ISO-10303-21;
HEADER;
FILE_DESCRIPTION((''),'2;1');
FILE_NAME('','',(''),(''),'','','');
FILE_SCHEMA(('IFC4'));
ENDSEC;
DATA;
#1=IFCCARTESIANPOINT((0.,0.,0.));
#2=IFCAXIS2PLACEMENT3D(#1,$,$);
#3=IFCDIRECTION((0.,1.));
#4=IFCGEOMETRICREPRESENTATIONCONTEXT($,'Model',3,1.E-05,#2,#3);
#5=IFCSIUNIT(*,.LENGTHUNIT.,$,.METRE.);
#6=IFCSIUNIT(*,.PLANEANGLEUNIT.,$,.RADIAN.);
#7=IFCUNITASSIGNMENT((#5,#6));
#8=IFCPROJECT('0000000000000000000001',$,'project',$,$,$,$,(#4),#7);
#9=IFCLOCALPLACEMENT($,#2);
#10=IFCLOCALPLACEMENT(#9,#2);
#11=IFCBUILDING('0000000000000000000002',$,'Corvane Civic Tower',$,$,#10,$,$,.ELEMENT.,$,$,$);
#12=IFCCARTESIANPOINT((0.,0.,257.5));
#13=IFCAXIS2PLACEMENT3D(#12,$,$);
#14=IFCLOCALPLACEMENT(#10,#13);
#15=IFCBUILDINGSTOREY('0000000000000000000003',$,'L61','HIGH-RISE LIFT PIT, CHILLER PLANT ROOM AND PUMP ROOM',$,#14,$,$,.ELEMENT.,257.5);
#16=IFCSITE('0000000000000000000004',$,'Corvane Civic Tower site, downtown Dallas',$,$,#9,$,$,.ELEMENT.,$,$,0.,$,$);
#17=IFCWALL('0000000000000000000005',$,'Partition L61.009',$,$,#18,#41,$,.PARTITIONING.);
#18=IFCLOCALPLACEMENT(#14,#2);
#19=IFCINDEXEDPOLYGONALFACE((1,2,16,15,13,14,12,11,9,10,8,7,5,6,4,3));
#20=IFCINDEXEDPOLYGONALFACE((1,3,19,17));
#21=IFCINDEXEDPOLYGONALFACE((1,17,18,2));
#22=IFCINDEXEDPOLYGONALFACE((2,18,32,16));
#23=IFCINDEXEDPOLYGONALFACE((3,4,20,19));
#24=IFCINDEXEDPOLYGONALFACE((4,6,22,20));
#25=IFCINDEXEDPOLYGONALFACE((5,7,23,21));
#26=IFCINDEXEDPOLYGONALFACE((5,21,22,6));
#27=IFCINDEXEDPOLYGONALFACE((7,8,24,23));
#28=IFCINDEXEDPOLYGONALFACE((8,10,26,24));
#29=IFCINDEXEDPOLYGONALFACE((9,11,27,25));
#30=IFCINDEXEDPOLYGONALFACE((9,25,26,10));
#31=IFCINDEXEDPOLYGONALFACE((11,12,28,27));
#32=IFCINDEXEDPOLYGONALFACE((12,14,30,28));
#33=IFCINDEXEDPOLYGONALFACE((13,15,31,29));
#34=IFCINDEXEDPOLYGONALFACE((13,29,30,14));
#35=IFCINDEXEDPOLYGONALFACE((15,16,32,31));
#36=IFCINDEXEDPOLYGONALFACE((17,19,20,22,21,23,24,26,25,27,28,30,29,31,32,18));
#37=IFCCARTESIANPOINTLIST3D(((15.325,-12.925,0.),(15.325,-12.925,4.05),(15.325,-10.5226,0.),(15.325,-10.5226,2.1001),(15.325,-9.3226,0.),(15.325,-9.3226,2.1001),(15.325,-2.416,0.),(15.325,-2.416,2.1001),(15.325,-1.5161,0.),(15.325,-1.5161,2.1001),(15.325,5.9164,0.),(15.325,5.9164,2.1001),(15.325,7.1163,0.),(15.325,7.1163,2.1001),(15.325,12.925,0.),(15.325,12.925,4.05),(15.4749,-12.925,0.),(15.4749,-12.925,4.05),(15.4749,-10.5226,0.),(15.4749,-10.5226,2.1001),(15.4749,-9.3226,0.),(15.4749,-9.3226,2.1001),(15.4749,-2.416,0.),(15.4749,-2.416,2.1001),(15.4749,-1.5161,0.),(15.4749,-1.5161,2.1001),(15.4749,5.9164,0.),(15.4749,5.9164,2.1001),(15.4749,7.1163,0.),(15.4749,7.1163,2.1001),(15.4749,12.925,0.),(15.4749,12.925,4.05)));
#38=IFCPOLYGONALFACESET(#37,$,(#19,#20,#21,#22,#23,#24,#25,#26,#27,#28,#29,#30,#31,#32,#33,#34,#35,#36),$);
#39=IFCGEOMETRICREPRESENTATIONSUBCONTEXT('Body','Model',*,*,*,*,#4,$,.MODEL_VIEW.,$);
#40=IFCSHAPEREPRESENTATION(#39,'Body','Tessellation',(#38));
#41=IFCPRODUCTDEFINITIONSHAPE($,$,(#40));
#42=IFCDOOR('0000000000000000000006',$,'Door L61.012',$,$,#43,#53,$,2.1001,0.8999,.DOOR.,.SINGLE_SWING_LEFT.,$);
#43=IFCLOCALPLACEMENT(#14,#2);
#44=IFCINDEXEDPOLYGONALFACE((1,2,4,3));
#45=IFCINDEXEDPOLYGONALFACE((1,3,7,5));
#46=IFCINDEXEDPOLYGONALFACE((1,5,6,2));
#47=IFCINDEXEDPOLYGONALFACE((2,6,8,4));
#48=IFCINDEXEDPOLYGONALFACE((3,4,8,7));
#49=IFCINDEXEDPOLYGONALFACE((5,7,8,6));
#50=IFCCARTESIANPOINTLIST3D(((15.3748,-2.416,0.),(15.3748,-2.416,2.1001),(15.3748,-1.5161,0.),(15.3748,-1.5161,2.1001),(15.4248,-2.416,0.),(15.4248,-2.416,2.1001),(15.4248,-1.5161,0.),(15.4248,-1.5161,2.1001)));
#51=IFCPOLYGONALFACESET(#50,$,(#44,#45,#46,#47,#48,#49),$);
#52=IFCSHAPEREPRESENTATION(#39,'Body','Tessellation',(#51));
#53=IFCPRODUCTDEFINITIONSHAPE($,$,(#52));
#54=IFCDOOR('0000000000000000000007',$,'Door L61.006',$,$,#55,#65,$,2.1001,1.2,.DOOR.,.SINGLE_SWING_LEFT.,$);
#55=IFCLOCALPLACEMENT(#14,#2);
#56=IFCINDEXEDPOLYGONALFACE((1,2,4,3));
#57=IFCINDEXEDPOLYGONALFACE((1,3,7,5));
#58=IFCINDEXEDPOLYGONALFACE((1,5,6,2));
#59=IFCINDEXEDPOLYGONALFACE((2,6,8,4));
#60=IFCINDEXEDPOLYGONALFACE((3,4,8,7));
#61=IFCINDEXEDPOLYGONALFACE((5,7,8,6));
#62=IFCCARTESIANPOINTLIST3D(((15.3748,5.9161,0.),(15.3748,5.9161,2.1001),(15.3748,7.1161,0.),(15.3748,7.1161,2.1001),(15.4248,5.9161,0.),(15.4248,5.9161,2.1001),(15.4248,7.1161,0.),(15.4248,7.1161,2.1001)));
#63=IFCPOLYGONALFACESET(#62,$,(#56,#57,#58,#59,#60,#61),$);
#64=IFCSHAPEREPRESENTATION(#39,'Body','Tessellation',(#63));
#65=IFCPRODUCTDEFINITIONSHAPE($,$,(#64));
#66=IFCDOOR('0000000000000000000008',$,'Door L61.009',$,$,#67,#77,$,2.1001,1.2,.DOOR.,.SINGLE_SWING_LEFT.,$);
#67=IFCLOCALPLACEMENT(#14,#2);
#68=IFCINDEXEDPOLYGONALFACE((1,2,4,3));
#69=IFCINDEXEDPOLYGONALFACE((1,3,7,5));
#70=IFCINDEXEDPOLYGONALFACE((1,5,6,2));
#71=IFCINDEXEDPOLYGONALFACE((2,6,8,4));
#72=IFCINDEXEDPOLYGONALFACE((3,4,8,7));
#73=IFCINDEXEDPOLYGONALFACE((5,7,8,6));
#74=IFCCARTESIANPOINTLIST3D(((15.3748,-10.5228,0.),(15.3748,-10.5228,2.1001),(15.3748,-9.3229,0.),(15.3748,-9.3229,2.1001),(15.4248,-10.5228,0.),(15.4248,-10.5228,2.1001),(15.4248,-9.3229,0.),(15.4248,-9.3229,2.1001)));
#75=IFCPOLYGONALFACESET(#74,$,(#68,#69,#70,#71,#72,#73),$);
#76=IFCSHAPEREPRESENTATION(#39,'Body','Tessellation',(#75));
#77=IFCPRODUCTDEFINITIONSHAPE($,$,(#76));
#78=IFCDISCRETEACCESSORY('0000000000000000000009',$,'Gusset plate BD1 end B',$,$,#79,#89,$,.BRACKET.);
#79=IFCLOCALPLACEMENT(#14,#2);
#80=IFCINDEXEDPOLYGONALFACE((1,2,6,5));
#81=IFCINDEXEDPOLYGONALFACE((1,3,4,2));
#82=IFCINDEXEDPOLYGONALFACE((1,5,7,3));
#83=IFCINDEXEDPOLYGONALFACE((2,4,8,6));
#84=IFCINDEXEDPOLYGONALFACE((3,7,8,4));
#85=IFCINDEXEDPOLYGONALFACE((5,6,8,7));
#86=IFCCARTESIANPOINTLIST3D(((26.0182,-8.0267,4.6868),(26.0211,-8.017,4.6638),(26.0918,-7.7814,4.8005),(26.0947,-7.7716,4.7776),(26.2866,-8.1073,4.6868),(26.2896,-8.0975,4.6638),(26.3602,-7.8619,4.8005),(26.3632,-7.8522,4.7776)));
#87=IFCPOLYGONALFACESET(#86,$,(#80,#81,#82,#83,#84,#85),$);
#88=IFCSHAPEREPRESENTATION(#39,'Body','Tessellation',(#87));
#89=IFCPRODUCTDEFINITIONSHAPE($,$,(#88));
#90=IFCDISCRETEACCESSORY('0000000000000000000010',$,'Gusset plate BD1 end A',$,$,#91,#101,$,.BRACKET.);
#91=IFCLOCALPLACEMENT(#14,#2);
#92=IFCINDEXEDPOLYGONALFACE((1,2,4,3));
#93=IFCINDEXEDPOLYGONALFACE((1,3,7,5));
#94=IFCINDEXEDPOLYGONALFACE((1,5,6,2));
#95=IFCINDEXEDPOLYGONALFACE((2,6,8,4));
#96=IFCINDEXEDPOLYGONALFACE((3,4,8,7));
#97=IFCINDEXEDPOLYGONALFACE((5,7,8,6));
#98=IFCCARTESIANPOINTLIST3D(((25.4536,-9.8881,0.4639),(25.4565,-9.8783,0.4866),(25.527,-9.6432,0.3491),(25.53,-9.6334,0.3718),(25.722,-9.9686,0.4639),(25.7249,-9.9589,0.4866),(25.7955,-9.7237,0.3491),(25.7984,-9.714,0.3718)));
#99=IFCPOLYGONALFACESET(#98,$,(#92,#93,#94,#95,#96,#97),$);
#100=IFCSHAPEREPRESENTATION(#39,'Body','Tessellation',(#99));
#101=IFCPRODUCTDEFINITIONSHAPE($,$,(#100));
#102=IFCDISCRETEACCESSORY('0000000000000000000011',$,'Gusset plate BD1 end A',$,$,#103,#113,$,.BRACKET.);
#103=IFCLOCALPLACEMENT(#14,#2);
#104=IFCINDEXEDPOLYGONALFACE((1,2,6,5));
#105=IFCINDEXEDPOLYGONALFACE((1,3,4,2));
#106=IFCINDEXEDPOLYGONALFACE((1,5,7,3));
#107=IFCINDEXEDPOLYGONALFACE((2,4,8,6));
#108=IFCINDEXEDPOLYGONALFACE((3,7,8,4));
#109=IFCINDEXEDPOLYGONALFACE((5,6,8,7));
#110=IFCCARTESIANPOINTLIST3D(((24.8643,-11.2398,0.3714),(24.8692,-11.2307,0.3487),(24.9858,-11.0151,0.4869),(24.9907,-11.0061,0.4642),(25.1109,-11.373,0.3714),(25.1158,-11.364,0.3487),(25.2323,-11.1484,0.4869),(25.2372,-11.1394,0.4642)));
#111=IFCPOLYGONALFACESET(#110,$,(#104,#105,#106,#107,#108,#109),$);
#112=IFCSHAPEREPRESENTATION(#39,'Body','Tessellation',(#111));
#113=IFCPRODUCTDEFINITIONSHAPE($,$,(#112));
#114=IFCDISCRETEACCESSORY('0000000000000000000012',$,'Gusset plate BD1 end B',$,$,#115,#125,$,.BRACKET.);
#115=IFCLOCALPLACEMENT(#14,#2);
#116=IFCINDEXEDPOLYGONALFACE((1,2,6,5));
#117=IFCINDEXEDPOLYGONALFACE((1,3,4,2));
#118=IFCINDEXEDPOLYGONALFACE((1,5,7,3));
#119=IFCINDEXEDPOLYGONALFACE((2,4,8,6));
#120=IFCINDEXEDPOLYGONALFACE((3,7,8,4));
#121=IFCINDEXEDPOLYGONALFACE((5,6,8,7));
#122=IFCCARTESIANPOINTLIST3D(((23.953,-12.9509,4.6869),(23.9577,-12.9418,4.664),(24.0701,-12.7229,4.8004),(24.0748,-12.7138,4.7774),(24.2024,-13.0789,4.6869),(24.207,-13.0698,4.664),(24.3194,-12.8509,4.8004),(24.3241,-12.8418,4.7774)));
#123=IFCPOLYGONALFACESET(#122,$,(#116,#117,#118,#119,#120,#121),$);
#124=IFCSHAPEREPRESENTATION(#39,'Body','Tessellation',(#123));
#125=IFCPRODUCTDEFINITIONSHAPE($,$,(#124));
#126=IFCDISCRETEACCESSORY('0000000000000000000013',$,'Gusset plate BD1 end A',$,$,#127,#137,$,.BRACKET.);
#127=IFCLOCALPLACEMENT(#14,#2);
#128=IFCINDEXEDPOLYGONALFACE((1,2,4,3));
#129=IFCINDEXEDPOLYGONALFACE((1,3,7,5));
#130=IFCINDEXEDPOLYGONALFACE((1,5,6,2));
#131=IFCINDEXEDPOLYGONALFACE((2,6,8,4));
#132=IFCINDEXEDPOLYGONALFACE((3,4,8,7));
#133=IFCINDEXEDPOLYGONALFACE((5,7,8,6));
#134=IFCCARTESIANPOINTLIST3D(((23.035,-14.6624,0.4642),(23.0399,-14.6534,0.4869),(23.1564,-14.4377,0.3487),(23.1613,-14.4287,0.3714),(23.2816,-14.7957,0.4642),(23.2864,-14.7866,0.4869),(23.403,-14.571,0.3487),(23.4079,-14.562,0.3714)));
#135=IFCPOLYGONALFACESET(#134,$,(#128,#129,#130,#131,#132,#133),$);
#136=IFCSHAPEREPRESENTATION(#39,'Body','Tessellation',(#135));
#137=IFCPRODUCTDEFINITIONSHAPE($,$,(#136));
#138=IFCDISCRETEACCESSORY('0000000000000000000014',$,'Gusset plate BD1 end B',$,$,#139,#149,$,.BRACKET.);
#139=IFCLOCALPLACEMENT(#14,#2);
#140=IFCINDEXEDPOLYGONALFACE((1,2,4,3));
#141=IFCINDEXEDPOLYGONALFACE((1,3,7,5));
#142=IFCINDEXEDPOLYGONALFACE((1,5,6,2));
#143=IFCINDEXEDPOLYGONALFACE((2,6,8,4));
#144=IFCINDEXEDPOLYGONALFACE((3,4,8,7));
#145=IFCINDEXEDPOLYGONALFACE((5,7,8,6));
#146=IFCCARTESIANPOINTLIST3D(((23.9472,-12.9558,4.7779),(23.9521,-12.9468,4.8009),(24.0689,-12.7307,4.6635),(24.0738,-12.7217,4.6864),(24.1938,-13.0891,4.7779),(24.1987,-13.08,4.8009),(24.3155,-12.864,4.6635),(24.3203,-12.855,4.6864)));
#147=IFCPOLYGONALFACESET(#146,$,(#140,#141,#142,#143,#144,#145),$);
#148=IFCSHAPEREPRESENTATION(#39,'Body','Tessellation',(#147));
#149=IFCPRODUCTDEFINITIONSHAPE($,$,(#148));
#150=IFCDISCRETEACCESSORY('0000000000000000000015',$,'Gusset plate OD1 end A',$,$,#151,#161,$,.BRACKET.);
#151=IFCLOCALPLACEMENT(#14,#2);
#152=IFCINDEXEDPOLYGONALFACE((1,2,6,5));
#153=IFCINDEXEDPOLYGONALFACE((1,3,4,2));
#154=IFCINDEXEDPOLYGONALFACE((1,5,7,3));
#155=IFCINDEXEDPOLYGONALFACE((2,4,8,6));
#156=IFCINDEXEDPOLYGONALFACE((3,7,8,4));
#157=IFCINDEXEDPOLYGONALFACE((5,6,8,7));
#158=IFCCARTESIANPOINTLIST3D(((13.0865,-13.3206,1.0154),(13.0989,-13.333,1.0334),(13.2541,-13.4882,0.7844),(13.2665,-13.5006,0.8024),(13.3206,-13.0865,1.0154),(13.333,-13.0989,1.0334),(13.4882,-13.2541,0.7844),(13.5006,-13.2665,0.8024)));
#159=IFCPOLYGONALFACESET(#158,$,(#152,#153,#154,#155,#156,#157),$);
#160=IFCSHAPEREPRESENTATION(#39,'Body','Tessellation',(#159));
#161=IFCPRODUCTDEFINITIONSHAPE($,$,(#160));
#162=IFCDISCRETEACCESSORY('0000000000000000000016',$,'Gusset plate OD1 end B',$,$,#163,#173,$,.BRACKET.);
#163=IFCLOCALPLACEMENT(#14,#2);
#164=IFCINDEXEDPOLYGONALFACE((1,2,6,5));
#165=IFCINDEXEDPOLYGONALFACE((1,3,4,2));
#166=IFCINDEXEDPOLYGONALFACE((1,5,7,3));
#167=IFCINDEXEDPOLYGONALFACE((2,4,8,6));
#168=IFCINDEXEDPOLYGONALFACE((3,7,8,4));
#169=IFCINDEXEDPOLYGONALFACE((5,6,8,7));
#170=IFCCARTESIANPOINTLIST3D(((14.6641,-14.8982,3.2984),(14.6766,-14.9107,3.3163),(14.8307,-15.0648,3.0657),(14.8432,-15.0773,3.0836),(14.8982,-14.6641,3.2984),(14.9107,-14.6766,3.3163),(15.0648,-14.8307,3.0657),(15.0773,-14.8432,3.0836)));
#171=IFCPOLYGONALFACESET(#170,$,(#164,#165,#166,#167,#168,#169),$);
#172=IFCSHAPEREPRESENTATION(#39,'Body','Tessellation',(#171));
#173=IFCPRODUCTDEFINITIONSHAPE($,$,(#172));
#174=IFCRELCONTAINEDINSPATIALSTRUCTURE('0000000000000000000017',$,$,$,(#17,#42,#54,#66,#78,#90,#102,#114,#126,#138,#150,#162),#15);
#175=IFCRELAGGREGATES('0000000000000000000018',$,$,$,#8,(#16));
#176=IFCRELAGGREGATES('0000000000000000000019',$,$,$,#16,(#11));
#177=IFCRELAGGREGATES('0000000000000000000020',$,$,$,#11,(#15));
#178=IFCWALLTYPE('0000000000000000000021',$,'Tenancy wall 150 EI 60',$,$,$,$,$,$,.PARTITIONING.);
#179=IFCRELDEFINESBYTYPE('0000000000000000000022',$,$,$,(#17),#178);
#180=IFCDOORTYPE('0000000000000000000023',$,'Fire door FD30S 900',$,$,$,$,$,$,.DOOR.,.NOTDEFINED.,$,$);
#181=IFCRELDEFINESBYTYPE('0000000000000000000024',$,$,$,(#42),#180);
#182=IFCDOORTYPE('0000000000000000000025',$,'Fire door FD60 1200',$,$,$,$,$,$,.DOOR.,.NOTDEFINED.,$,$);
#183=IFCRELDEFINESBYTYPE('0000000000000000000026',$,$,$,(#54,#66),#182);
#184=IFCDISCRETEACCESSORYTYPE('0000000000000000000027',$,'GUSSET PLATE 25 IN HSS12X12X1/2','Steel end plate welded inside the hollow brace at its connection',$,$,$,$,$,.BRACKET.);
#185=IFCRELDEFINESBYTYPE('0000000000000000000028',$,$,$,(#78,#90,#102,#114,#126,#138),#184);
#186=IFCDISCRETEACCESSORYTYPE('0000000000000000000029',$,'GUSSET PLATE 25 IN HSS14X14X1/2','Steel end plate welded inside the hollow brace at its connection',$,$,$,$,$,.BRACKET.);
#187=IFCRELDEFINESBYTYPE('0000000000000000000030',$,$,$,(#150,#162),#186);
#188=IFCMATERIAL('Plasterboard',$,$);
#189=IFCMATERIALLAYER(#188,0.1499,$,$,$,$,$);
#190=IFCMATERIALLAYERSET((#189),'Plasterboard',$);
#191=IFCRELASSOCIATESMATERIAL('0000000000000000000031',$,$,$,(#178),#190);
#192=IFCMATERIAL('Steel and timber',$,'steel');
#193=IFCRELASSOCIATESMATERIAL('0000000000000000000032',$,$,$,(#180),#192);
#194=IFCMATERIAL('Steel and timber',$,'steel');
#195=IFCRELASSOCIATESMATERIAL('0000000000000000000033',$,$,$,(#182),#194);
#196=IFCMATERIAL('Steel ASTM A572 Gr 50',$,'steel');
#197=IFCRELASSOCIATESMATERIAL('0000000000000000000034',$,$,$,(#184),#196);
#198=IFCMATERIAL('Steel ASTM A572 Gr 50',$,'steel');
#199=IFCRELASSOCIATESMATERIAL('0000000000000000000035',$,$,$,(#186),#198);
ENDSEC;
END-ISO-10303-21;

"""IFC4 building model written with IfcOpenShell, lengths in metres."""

from ifc_helpers import new_model, si_unit, direction, frame, frame_2d, origin, origin_2d, place, context, subcontext, project, spatial, rectangle, extrude, material, layer, layer_set, material_profile, profile_set, type_object, element, fill, save


model = new_model("IFC4")

# Units and contexts
model_context = context("Model", 3, precision=1e-05, world=origin(), true_north=direction((0.0, 1.0)))
body_context = subcontext(model_context, "Body", "Model", "MODEL_VIEW")
ifc_project = project(units=[si_unit("LENGTHUNIT", "METRE"), si_unit("PLANEANGLEUNIT", "RADIAN")], contexts=[model_context])

# Site, building, storey
site_placement = place(None, origin())
site = spatial("IfcSite", under=ifc_project, at=site_placement, Name="Corvane Civic Tower site, downtown Dallas", CompositionType="ELEMENT", RefElevation=0.0)
building_placement = place(site_placement, origin())
building = spatial("IfcBuilding", under=site, at=building_placement, Name="Corvane Civic Tower", CompositionType="ELEMENT")
storey_placement = place(building_placement, frame((0.0, 0.0, 257.5)))
storey = spatial("IfcBuildingStorey", under=building, at=storey_placement, Name="L61", Description="HIGH-RISE LIFT PIT, CHILLER PLANT ROOM AND PUMP ROOM", CompositionType="ELEMENT", Elevation=257.5)

# Wall, openings, doors
ifc_material_1 = material(Name="Plasterboard")
ifc_layer_1 = layer(ifc_material_1, 0.1499)
ifc_layer_set_1 = layer_set([ifc_layer_1], Name="Plasterboard")
wall_type_1 = type_object("IfcWallType", Name="Tenancy wall 150 EI 60", PredefinedType="PARTITIONING", material=ifc_layer_set_1)
wall_1_placement = place(storey_placement, frame((15.3999, -12.925, 0.0), z_axis=(0.0, 0.0, 1.0), x_axis=(0.0, 1.0, 0.0)))
wall_1 = element("IfcWall", 1, at=wall_1_placement, inside=storey, type_object=wall_type_1, Name="Partition L61.009", PredefinedType="PARTITIONING", context=body_context, shape_type="SweptSolid", body=[
    extrude(rectangle(XDim=25.8501, YDim=0.1499, at=frame_2d((12.925, 0.0))), origin(), (0.0, 0.0, 1.0), 4.05),
])
opening_1_placement = place(wall_1_placement, frame((18.8413, 0.0, 0.0)))
opening_1 = element("IfcOpeningElement", 2, at=opening_1_placement, cuts=wall_1, PredefinedType="OPENING", context=body_context, shape_type="SweptSolid", body=[
    extrude(rectangle(XDim=1.2, YDim=2.1001, at=frame_2d((0.6001, 1.05))), frame((0.0, 0.085, 0.0), z_axis=(0.0, -1.0, 0.0), x_axis=(1.0, 0.0, 0.0)), (0.0, 0.0, 1.0), 0.1699),
])
opening_2_placement = place(wall_1_placement, frame((2.4023, 0.0, 0.0)))
opening_2 = element("IfcOpeningElement", 3, at=opening_2_placement, cuts=wall_1, PredefinedType="OPENING", context=body_context, shape_type="SweptSolid", body=[
    extrude(rectangle(XDim=1.2, YDim=2.1001, at=frame_2d((0.6001, 1.05))), frame((0.0, 0.085, 0.0), z_axis=(0.0, -1.0, 0.0), x_axis=(1.0, 0.0, 0.0)), (0.0, 0.0, 1.0), 0.1699),
])
opening_3_placement = place(wall_1_placement, frame((10.509, 0.0, 0.0)))
opening_3 = element("IfcOpeningElement", 4, at=opening_3_placement, cuts=wall_1, PredefinedType="OPENING", context=body_context, shape_type="SweptSolid", body=[
    extrude(rectangle(XDim=0.8999, YDim=2.1001, at=frame_2d((0.45, 1.05))), frame((0.0, 0.085, 0.0), z_axis=(0.0, -1.0, 0.0), x_axis=(1.0, 0.0, 0.0)), (0.0, 0.0, 1.0), 0.1699),
])
ifc_material_2 = material(Name="Steel and timber", Category="steel")
door_type_1 = type_object("IfcDoorType", Name="Fire door FD30S 900", OperationType="NOTDEFINED", PredefinedType="DOOR", material=ifc_material_2)
door_1_placement = place(opening_3_placement, frame((0.8999, 0.0, 0.0), z_axis=(0.0, 0.0, 1.0), x_axis=(-1.0, 0.0, 0.0)))
door_1 = element("IfcDoor", 5, at=door_1_placement, inside=storey, type_object=door_type_1, Name="Door L61.012", OperationType="SINGLE_SWING_LEFT", OverallHeight=2.1001, OverallWidth=0.8999, PredefinedType="DOOR", context=body_context, shape_type="SweptSolid", body=[
    extrude(rectangle(XDim=0.8999, YDim=2.1001, at=frame_2d((0.45, 1.05))), frame((0.0, 0.0249, 0.0), z_axis=(0.0, -1.0, 0.0), x_axis=(1.0, 0.0, 0.0)), (0.0, 0.0, 1.0), 0.05),
])
fill(opening_3, door_1)
ifc_material_3 = material(Name="Steel and timber", Category="steel")
door_type_2 = type_object("IfcDoorType", Name="Fire door FD60 1200", OperationType="NOTDEFINED", PredefinedType="DOOR", material=ifc_material_3)
door_2_placement = place(opening_1_placement, frame((1.2, 0.0, 0.0), z_axis=(0.0, 0.0, 1.0), x_axis=(-1.0, 0.0, 0.0)))
door_2 = element("IfcDoor", 6, at=door_2_placement, inside=storey, type_object=door_type_2, Name="Door L61.006", OperationType="SINGLE_SWING_LEFT", OverallHeight=2.1001, OverallWidth=1.2, PredefinedType="DOOR", context=body_context, shape_type="SweptSolid", body=[
    extrude(rectangle(XDim=1.2, YDim=2.1001, at=frame_2d((0.6001, 1.05))), frame((0.0, 0.0249, 0.0), z_axis=(0.0, -1.0, 0.0), x_axis=(1.0, 0.0, 0.0)), (0.0, 0.0, 1.0), 0.05),
])
fill(opening_1, door_2)
door_3_placement = place(opening_2_placement, frame((1.2, 0.0, 0.0), z_axis=(0.0, 0.0, 1.0), x_axis=(-1.0, 0.0, 0.0)))
door_3 = element("IfcDoor", 7, at=door_3_placement, inside=storey, type_object=door_type_2, Name="Door L61.009", OperationType="SINGLE_SWING_LEFT", OverallHeight=2.1001, OverallWidth=1.2, PredefinedType="DOOR", context=body_context, shape_type="SweptSolid", body=[
    extrude(rectangle(XDim=1.2, YDim=2.1001, at=frame_2d((0.6001, 1.05))), frame((0.0, 0.0249, 0.0), z_axis=(0.0, -1.0, 0.0), x_axis=(1.0, 0.0, 0.0)), (0.0, 0.0, 1.0), 0.05),
])
fill(opening_2, door_3)

# Discrete accessories
ifc_material_4 = material(Name="Steel ASTM A572 Gr 50", Category="steel")
ifc_material_profile_1 = material_profile(ifc_material_4, rectangle(XDim=0.2803, YDim=0.2803, at=origin_2d()), Name="GUSSET PLATE 25 IN HSS12X12X1/2")
ifc_profile_set_1 = profile_set([ifc_material_profile_1], Name="Steel ASTM A572 Gr 50")
discrete_accessory_type_1 = type_object("IfcDiscreteAccessoryType", Name="GUSSET PLATE 25 IN HSS12X12X1/2", Description="Steel end plate welded inside the hollow brace at its connection", PredefinedType="BRACKET", material=ifc_profile_set_1)
discrete_accessory_1_placement = place(storey_placement, frame((26.1892, -7.9443, 4.7437), z_axis=(0.116664, 0.388881, -0.913871), x_axis=(-0.957826, 0.287348, 0.0)))
element("IfcDiscreteAccessory", 8, at=discrete_accessory_1_placement, inside=storey, type_object=discrete_accessory_type_1, Name="Gusset plate BD1 end B", PredefinedType="BRACKET", context=body_context, shape_type="SweptSolid", body=[
    extrude(rectangle(XDim=0.2803, YDim=0.2803, at=origin_2d()), origin(), (0.0, 0.0, 1.0), 0.0251),
])
for number, where, z_axis, x_axis, name in (
    (9, (25.6245, -9.8059, 0.4065), (0.117709, 0.392364, 0.912247), (-0.957826, 0.287348, 0.0), "Gusset plate BD1 end A"),
    (10, (25.0532, -11.1851, 0.4065), (-0.195947, -0.362501, 0.911152), (0.879707, -0.475517, 0.0), "Gusset plate BD1 end A"),
):
    element("IfcDiscreteAccessory", number, at=place(storey_placement, frame(where, z_axis=z_axis, x_axis=x_axis)), inside=storey, type_object=discrete_accessory_type_1, Name=name, PredefinedType="BRACKET", context=body_context, shape_type="SweptSolid", body=[
        extrude(rectangle(XDim=0.2803, YDim=0.2803, at=origin_2d()), origin(), (0.0, 0.0, 1.0), 0.0249),
    ])
discrete_accessory_2_placement = place(storey_placement, frame((24.1362, -12.9009, 4.7437), z_axis=(0.184841, 0.359954, -0.914477), x_axis=(-0.889567, 0.456805, 0.0)))
element("IfcDiscreteAccessory", 11, at=discrete_accessory_2_placement, inside=storey, type_object=discrete_accessory_type_1, Name="Gusset plate BD1 end B", PredefinedType="BRACKET", context=body_context, shape_type="SweptSolid", body=[
    extrude(rectangle(XDim=0.2803, YDim=0.2803, at=origin_2d()), origin(), (0.0, 0.0, 1.0), 0.0251),
])
discrete_accessory_3_placement = place(storey_placement, frame((23.219, -14.6167, 0.4065), z_axis=(0.195947, 0.362501, 0.911152), x_axis=(-0.879707, 0.475517, 0.0)))
element("IfcDiscreteAccessory", 12, at=discrete_accessory_3_placement, inside=storey, type_object=discrete_accessory_type_1, Name="Gusset plate BD1 end A", PredefinedType="BRACKET", context=body_context, shape_type="SweptSolid", body=[
    extrude(rectangle(XDim=0.2803, YDim=0.2803, at=origin_2d()), origin(), (0.0, 0.0, 1.0), 0.0249),
])
discrete_accessory_4_placement = place(storey_placement, frame((24.1362, -12.9009, 4.7437), z_axis=(-0.194211, -0.359291, -0.912793), x_axis=(0.879707, -0.475517, 0.0)))
element("IfcDiscreteAccessory", 13, at=discrete_accessory_4_placement, inside=storey, type_object=discrete_accessory_type_1, Name="Gusset plate BD1 end B", PredefinedType="BRACKET", context=body_context, shape_type="SweptSolid", body=[
    extrude(rectangle(XDim=0.2803, YDim=0.2803, at=origin_2d()), origin(), (0.0, 0.0, 1.0), 0.0251),
])
ifc_material_5 = material(Name="Steel ASTM A572 Gr 50", Category="steel")
ifc_material_profile_2 = material_profile(ifc_material_5, rectangle(XDim=0.3311, YDim=0.3311, at=origin_2d()), Name="GUSSET PLATE 25 IN HSS14X14X1/2")
ifc_profile_set_2 = profile_set([ifc_material_profile_2], Name="Steel ASTM A572 Gr 50")
discrete_accessory_type_2 = type_object("IfcDiscreteAccessoryType", Name="GUSSET PLATE 25 IN HSS14X14X1/2", Description="Steel end plate welded inside the hollow brace at its connection", PredefinedType="BRACKET", material=ifc_profile_set_2)
for number, where, z_axis, x_axis, name in (
    (14, (13.2874, -13.2874, 0.8999), (0.493543, -0.493543, 0.716122), (0.707107, 0.707107, 0.0), "Gusset plate OD1 end A"),
    (15, (14.877, -14.877, 3.2), (-0.496976, 0.496976, -0.711358), (-0.707107, -0.707107, 0.0), "Gusset plate OD1 end B"),
):
    element("IfcDiscreteAccessory", number, at=place(storey_placement, frame(where, z_axis=z_axis, x_axis=x_axis)), inside=storey, type_object=discrete_accessory_type_2, Name=name, PredefinedType="BRACKET", context=body_context, shape_type="SweptSolid", body=[
        extrude(rectangle(XDim=0.3311, YDim=0.3311, at=origin_2d()), origin(), (0.0, 0.0, 1.0), 0.0251),
    ])

save(model, "model.ifc")
